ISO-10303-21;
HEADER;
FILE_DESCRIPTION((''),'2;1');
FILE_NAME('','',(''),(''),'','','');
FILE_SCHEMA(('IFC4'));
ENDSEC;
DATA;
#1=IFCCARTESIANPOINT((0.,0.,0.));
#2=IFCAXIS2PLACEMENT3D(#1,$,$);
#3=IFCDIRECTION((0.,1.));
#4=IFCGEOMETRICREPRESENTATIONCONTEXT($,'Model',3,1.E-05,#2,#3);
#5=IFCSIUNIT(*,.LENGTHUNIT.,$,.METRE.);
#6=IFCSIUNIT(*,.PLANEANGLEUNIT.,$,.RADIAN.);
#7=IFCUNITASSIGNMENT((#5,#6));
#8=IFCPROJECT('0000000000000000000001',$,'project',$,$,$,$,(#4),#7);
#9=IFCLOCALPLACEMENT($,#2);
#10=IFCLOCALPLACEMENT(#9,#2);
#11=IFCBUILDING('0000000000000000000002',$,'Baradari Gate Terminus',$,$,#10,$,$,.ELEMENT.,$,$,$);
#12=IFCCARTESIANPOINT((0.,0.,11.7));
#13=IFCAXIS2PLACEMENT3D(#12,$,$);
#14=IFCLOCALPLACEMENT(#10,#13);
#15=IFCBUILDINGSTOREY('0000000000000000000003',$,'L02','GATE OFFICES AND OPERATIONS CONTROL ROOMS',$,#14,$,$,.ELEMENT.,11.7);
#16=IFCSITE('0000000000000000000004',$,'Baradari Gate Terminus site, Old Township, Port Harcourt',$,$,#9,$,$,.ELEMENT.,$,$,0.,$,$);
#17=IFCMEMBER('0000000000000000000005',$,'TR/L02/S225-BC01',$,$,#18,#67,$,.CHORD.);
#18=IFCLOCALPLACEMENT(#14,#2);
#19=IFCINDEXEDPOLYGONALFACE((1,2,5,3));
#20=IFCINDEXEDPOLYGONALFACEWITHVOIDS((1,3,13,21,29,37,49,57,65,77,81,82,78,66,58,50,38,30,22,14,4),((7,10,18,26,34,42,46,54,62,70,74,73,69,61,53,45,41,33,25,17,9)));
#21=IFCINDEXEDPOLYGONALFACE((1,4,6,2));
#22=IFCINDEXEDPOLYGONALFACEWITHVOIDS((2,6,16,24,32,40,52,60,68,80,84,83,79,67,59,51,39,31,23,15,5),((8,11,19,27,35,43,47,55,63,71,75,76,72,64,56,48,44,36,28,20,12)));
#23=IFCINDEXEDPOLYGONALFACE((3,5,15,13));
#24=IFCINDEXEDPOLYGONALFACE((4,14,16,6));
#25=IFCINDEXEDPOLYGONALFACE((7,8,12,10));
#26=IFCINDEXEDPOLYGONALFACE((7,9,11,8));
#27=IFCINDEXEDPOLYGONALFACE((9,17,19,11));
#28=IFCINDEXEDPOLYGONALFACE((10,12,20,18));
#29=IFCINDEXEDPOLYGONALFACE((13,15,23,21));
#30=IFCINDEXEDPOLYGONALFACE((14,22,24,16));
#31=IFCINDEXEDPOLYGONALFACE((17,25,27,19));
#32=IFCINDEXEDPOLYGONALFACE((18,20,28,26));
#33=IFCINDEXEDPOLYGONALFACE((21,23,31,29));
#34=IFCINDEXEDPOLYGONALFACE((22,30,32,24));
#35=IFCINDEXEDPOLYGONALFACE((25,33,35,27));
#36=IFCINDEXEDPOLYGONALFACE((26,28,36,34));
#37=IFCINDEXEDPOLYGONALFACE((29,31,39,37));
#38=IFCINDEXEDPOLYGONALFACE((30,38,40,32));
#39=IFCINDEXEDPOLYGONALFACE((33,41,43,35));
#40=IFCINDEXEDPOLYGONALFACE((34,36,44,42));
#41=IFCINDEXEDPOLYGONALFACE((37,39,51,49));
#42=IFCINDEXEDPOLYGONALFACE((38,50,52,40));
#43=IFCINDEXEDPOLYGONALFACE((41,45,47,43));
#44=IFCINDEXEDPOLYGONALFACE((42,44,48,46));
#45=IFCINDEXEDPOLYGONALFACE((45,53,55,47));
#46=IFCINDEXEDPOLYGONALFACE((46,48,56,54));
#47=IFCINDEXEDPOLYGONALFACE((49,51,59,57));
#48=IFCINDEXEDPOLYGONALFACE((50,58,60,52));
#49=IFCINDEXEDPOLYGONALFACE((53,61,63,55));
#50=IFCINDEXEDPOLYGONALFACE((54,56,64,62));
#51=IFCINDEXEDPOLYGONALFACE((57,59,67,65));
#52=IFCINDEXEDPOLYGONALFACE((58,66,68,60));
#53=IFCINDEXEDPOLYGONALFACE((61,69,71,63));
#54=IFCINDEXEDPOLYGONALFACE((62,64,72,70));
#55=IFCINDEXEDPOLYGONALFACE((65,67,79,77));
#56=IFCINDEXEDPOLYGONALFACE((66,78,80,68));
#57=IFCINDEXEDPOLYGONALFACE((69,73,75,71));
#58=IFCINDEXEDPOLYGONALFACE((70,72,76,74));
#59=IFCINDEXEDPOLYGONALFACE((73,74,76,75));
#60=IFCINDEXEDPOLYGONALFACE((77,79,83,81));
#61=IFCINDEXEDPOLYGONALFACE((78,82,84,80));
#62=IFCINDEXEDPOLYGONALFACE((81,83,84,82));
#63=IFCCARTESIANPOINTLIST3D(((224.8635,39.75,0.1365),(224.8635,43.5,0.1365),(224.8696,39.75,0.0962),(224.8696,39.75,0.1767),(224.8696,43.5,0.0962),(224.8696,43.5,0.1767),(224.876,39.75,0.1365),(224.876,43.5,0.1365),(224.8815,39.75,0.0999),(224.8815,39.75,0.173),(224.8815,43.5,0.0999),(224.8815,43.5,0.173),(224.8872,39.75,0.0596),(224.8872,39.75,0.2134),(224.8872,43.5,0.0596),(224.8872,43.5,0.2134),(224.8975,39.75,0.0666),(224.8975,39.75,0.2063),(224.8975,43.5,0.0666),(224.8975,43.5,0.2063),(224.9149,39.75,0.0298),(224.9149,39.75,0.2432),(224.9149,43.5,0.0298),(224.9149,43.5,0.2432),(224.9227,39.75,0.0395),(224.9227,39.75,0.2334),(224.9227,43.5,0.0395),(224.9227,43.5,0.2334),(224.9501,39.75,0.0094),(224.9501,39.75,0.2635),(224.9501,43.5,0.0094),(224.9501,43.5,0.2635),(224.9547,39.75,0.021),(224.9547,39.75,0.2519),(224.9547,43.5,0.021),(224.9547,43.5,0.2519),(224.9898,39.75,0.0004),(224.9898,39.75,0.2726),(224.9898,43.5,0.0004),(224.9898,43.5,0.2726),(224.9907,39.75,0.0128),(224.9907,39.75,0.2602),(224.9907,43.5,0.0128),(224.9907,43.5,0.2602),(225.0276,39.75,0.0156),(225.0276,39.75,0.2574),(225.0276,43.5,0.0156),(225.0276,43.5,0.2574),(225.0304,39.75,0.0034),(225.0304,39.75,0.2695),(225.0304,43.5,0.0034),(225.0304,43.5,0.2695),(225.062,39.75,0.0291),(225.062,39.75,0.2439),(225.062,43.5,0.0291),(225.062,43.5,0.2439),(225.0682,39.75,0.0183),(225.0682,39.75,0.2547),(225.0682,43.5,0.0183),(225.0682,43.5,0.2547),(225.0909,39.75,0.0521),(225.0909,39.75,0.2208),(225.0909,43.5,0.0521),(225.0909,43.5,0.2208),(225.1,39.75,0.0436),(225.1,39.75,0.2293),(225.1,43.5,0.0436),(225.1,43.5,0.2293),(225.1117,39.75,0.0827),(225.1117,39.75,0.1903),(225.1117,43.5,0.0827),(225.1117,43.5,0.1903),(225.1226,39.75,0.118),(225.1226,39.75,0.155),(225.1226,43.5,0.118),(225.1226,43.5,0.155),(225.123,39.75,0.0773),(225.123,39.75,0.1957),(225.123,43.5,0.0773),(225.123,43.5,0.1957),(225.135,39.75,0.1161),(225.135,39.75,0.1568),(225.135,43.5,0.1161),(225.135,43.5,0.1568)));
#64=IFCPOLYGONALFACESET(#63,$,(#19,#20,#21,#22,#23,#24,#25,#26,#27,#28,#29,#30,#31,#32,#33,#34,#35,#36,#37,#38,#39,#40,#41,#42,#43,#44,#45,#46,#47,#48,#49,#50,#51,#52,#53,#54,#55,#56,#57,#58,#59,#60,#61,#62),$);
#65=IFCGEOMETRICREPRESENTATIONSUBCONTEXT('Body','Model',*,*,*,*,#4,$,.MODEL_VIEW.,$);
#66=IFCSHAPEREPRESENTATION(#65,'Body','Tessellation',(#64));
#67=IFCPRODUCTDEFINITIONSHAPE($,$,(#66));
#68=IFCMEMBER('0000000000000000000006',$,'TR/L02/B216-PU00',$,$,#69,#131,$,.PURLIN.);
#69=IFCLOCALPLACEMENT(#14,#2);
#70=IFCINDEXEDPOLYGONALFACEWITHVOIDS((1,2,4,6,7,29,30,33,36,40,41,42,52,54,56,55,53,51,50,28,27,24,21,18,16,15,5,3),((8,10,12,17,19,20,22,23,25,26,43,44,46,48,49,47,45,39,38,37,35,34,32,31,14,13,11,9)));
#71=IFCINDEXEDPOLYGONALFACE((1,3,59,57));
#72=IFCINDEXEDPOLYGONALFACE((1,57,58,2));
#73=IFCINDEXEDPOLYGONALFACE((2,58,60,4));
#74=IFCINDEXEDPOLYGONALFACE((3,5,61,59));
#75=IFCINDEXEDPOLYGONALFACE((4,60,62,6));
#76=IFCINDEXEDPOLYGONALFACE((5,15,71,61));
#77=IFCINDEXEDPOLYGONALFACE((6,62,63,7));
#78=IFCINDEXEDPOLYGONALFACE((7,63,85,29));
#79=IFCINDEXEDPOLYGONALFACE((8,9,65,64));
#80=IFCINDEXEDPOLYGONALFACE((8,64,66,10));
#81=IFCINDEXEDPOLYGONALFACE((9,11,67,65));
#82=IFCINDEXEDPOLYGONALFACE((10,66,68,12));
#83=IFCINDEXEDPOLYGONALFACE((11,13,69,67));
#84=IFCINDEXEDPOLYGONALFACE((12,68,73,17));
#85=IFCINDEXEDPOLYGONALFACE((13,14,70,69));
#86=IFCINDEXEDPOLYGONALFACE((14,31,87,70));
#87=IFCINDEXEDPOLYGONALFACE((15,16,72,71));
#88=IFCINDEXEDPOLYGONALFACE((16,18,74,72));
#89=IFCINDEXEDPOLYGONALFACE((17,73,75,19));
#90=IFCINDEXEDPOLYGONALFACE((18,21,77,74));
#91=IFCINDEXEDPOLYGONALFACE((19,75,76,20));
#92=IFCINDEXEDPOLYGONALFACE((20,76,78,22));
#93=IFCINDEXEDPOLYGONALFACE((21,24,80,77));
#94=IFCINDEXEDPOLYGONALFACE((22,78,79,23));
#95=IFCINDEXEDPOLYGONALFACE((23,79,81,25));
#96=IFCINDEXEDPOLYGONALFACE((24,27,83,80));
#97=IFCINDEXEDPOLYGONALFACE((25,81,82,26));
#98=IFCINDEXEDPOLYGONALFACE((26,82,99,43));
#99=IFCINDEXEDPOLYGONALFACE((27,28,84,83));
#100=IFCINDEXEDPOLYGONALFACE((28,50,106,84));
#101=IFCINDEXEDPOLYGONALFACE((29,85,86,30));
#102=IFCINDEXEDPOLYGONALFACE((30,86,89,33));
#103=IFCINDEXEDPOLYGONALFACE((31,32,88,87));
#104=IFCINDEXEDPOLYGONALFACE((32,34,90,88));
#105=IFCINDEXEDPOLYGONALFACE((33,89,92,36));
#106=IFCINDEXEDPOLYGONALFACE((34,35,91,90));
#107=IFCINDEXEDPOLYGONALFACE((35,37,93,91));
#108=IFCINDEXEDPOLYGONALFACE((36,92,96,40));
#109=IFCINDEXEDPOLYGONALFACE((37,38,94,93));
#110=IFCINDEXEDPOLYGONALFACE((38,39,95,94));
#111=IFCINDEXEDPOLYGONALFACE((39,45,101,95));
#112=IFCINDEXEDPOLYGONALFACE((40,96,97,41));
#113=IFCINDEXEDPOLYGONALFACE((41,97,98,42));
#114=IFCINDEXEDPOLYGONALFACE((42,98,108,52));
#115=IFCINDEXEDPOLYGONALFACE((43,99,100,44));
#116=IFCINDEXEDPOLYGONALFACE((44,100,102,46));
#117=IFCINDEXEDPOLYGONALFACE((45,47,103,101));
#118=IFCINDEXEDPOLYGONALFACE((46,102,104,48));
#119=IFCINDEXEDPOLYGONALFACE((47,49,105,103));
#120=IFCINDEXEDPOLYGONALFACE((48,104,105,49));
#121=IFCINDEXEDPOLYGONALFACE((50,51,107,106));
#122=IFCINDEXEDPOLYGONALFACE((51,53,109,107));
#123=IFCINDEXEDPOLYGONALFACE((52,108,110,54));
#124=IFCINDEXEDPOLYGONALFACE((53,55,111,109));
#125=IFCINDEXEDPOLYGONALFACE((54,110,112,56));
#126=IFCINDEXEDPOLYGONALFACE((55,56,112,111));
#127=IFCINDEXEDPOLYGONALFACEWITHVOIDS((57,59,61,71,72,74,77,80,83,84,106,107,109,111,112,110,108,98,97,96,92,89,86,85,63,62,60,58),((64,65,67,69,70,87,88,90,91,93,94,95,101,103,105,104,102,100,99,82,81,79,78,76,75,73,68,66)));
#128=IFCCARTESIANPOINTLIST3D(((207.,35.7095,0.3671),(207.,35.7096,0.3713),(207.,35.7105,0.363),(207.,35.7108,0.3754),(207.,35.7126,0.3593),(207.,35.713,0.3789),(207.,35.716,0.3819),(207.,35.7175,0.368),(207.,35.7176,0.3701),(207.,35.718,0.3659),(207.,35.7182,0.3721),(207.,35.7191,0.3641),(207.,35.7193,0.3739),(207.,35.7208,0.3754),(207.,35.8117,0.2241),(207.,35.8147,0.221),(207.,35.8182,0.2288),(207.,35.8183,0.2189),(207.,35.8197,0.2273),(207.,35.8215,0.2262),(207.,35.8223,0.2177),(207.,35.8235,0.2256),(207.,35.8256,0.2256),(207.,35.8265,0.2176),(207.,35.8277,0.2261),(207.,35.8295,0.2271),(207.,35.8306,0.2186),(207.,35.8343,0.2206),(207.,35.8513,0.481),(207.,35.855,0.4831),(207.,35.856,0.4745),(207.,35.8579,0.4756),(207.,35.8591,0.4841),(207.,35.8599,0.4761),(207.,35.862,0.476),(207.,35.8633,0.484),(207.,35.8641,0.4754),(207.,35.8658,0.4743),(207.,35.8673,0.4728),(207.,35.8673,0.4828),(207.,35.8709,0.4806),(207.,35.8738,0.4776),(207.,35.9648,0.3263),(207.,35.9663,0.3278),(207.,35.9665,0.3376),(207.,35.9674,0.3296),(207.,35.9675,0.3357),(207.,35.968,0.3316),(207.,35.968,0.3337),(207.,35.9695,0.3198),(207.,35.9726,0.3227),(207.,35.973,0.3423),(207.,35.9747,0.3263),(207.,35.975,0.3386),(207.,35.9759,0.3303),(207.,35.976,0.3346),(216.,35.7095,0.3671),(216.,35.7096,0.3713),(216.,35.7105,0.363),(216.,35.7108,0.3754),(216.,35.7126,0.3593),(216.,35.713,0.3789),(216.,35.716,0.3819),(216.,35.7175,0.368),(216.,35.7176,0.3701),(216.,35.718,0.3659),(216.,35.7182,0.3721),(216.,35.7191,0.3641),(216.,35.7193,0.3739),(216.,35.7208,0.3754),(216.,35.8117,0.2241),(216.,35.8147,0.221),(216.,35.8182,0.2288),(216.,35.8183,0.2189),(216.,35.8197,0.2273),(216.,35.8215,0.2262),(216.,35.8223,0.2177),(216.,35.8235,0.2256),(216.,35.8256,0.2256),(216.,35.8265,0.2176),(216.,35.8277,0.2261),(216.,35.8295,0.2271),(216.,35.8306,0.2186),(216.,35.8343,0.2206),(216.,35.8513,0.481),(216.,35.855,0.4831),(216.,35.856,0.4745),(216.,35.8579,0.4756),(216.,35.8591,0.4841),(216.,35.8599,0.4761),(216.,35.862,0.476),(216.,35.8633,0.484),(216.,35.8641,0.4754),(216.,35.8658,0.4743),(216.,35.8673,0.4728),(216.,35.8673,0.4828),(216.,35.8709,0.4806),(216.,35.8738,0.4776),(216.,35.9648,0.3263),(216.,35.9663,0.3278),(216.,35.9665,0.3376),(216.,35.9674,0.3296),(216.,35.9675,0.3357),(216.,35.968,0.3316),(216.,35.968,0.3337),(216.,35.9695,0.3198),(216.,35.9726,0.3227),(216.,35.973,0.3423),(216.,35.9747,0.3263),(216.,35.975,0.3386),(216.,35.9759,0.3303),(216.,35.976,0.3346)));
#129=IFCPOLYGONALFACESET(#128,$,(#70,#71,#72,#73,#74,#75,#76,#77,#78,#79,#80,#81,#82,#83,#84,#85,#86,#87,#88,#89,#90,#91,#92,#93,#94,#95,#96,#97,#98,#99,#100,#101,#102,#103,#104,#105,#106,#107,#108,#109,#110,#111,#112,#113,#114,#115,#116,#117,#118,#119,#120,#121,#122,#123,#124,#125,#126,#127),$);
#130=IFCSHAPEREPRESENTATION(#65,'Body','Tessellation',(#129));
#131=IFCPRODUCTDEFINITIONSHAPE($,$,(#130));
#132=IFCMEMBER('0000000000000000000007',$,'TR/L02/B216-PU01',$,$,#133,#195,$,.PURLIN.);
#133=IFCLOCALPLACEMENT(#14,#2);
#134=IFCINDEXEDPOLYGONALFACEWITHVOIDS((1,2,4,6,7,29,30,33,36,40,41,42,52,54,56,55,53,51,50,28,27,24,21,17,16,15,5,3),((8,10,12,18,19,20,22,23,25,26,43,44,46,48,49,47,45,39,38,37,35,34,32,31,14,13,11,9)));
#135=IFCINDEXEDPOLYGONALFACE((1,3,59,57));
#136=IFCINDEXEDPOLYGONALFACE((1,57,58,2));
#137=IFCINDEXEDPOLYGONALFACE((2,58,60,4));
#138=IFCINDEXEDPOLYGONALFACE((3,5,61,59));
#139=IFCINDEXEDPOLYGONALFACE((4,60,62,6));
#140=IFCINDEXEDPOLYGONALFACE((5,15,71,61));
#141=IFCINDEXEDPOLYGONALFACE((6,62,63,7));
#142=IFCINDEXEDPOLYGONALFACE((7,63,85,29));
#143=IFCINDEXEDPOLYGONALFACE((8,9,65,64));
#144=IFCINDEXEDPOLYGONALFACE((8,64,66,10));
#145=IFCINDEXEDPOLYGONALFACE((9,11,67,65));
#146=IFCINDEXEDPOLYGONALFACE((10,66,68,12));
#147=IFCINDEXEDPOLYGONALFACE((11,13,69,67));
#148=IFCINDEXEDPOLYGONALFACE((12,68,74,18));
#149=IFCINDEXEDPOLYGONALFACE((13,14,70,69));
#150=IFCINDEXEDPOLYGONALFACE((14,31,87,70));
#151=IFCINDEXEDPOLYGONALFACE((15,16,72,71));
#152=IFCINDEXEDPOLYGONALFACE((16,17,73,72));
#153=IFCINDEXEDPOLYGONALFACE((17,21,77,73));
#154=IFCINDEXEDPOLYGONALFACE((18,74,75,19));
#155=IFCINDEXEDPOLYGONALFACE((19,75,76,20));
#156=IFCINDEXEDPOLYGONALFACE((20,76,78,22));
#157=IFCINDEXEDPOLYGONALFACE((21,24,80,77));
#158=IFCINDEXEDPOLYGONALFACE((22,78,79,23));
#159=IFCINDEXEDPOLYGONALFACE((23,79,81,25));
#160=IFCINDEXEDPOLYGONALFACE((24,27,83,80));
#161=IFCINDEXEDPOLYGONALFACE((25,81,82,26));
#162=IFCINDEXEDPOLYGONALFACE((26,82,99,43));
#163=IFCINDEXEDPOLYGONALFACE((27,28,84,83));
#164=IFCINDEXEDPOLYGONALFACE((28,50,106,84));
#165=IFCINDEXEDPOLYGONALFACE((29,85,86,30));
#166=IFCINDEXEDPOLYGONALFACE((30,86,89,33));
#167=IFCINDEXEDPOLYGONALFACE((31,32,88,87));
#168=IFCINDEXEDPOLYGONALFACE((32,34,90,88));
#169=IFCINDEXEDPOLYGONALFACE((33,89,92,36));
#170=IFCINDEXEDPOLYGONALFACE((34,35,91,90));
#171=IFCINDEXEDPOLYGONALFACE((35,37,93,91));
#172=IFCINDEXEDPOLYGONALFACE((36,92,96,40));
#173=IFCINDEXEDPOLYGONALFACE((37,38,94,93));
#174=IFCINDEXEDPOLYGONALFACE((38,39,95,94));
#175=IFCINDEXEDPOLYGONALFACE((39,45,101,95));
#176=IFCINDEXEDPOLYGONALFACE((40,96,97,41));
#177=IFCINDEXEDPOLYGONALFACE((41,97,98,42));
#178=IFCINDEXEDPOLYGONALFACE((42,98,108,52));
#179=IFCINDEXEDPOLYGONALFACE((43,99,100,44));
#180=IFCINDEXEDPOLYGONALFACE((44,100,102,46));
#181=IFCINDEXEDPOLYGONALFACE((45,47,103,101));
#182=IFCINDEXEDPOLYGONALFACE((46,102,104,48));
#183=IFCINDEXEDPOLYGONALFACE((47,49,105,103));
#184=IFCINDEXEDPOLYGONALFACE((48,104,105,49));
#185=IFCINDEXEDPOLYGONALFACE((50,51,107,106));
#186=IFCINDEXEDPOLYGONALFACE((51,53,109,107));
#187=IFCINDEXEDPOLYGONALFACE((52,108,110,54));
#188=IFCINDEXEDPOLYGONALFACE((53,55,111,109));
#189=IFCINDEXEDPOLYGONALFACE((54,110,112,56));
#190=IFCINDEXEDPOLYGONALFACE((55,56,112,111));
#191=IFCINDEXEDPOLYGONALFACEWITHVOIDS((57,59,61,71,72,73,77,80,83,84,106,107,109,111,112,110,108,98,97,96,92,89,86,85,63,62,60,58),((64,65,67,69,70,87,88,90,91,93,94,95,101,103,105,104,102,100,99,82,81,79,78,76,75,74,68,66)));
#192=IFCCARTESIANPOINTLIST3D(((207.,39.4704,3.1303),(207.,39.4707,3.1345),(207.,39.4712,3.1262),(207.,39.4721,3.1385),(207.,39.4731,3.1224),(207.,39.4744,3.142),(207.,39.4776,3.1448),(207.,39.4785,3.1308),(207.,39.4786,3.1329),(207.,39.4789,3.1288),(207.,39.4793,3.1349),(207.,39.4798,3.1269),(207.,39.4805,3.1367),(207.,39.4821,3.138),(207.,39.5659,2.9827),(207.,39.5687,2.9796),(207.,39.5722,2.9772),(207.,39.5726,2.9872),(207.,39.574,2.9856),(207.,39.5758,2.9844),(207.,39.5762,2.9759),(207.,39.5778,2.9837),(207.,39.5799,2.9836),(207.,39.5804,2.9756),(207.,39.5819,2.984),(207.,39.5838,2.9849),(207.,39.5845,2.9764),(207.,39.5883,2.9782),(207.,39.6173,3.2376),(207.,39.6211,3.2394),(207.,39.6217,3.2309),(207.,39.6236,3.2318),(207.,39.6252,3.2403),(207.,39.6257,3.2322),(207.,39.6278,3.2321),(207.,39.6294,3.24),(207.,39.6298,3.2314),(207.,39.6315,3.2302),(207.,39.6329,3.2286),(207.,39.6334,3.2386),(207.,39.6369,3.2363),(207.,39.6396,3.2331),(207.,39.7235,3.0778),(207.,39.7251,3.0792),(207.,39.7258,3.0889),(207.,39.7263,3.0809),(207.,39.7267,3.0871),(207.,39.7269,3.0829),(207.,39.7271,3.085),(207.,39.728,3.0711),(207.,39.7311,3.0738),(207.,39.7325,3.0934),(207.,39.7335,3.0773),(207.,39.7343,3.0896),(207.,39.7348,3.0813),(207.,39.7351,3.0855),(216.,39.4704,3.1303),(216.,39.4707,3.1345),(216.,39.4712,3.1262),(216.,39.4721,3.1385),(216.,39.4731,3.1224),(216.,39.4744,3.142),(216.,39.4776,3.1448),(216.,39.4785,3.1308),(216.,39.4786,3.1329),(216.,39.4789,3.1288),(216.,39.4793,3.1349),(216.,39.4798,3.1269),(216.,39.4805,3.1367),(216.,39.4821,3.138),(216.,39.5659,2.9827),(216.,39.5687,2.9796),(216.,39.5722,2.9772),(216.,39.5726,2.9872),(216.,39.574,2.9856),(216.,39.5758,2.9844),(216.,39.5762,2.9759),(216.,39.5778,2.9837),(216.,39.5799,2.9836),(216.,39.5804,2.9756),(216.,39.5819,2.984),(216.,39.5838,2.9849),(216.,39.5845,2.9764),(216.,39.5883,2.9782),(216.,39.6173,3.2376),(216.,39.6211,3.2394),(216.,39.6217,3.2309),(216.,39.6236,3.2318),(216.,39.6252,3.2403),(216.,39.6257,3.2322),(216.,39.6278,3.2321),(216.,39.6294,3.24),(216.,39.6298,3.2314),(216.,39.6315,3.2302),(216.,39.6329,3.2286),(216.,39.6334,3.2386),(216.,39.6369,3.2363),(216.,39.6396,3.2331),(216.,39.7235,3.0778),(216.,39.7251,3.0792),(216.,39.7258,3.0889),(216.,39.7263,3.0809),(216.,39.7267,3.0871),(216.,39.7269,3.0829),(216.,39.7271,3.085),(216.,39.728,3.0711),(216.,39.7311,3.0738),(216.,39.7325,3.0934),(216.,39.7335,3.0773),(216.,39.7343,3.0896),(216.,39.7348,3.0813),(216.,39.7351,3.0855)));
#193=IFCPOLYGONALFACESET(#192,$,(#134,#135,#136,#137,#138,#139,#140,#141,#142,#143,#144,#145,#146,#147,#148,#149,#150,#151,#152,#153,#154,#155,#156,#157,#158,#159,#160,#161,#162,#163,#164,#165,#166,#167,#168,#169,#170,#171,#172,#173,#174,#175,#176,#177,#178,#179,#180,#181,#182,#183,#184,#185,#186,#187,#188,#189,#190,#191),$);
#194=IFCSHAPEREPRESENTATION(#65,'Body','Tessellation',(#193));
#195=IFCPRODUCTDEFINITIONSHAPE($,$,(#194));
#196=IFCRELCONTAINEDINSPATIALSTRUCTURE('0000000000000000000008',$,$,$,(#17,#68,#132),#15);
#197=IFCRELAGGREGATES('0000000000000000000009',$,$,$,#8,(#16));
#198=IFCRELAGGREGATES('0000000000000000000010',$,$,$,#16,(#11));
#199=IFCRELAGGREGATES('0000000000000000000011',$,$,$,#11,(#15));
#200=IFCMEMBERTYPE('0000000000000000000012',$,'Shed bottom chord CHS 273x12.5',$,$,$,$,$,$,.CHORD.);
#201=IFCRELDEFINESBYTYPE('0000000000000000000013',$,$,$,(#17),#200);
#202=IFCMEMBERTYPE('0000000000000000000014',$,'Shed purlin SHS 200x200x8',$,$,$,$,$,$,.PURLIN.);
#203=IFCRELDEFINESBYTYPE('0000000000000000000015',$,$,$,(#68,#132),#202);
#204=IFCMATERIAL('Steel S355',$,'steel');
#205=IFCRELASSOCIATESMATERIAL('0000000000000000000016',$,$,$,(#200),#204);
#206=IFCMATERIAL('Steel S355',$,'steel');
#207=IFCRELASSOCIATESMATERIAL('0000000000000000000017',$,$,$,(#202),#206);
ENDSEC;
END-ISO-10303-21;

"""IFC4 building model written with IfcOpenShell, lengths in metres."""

from ifc_helpers import new_model, si_unit, direction, frame, origin, origin_2d, place, context, subcontext, project, spatial, hollow_rectangle, hollow_circle, extrude, material, material_profile, profile_set, type_object, element, save


model = new_model("IFC4")

# Units and contexts
model_context = context("Model", 3, precision=1e-05, world=origin(), true_north=direction((0.0, 1.0)))
body_context = subcontext(model_context, "Body", "Model", "MODEL_VIEW")
ifc_project = project(units=[si_unit("LENGTHUNIT", "METRE"), si_unit("PLANEANGLEUNIT", "RADIAN")], contexts=[model_context])

# Site, building, storey
site_placement = place(None, origin())
site = spatial("IfcSite", under=ifc_project, at=site_placement, Name="Baradari Gate Terminus site, Old Township, Port Harcourt", CompositionType="ELEMENT", RefElevation=0.0)
building_placement = place(site_placement, origin())
building = spatial("IfcBuilding", under=site, at=building_placement, Name="Baradari Gate Terminus", CompositionType="ELEMENT")
storey_placement = place(building_placement, frame((0.0, 0.0, 11.7)))
storey = spatial("IfcBuildingStorey", under=building, at=storey_placement, Name="L02", Description="GATE OFFICES AND OPERATIONS CONTROL ROOMS", CompositionType="ELEMENT", Elevation=11.7)

# Members
ifc_material_1 = material(Name="Steel S355", Category="steel")
ifc_material_profile_1 = material_profile(ifc_material_1, hollow_circle(Radius=0.1365, WallThickness=0.0125, at=origin_2d()), Name="CHS 273x12.5")
ifc_profile_set_1 = profile_set([ifc_material_profile_1], Name="Steel S355")
member_type_1 = type_object("IfcMemberType", Name="Shed bottom chord CHS 273x12.5", PredefinedType="CHORD", material=ifc_profile_set_1)
for number, where, z_axis, x_axis, name in (
    (1, (225.0, 39.75, 0.1365), (0.0, 1.0, 0.0), (-1.0, 0.0, 0.0), "TR/L02/S225-BC01"),
):
    element("IfcMember", number, at=place(storey_placement, frame(where, z_axis=z_axis, x_axis=x_axis)), inside=storey, type_object=member_type_1, Name=name, PredefinedType="CHORD", context=body_context, shape_type="SweptSolid", body=[
        extrude(hollow_circle(Radius=0.1365, WallThickness=0.0125, at=origin_2d()), origin(), (0.0, 0.0, 1.0), 3.75),
    ])
ifc_material_2 = material(Name="Steel S355", Category="steel")
ifc_material_profile_2 = material_profile(ifc_material_2, hollow_rectangle(XDim=0.2, YDim=0.2, WallThickness=0.0081, InnerFilletRadius=0.0081, OuterFilletRadius=0.0161, at=origin_2d()), Name="SHS 200x200x8")
ifc_profile_set_2 = profile_set([ifc_material_profile_2], Name="Steel S355")
member_type_2 = type_object("IfcMemberType", Name="Shed purlin SHS 200x200x8", PredefinedType="PURLIN", material=ifc_profile_set_2)
for number, where, z_axis, x_axis, name in (
    (2, (207.0, 35.8428, 0.3508), (1.0, 0.0, 0.0), (0.0, 0.806405, 0.591364), "TR/L02/B216-PU00"),
    (3, (207.0, 39.6028, 3.1079), (1.0, 0.0, 0.0), (0.0, 0.832836, 0.553519), "TR/L02/B216-PU01"),
):
    element("IfcMember", number, at=place(storey_placement, frame(where, z_axis=z_axis, x_axis=x_axis)), inside=storey, type_object=member_type_2, Name=name, PredefinedType="PURLIN", context=body_context, shape_type="SweptSolid", body=[
        extrude(hollow_rectangle(XDim=0.2, YDim=0.2, WallThickness=0.0081, InnerFilletRadius=0.0081, OuterFilletRadius=0.0161, at=origin_2d()), origin(), (0.0, 0.0, 1.0), 9.0),
    ])

save(model, "model.ifc")
